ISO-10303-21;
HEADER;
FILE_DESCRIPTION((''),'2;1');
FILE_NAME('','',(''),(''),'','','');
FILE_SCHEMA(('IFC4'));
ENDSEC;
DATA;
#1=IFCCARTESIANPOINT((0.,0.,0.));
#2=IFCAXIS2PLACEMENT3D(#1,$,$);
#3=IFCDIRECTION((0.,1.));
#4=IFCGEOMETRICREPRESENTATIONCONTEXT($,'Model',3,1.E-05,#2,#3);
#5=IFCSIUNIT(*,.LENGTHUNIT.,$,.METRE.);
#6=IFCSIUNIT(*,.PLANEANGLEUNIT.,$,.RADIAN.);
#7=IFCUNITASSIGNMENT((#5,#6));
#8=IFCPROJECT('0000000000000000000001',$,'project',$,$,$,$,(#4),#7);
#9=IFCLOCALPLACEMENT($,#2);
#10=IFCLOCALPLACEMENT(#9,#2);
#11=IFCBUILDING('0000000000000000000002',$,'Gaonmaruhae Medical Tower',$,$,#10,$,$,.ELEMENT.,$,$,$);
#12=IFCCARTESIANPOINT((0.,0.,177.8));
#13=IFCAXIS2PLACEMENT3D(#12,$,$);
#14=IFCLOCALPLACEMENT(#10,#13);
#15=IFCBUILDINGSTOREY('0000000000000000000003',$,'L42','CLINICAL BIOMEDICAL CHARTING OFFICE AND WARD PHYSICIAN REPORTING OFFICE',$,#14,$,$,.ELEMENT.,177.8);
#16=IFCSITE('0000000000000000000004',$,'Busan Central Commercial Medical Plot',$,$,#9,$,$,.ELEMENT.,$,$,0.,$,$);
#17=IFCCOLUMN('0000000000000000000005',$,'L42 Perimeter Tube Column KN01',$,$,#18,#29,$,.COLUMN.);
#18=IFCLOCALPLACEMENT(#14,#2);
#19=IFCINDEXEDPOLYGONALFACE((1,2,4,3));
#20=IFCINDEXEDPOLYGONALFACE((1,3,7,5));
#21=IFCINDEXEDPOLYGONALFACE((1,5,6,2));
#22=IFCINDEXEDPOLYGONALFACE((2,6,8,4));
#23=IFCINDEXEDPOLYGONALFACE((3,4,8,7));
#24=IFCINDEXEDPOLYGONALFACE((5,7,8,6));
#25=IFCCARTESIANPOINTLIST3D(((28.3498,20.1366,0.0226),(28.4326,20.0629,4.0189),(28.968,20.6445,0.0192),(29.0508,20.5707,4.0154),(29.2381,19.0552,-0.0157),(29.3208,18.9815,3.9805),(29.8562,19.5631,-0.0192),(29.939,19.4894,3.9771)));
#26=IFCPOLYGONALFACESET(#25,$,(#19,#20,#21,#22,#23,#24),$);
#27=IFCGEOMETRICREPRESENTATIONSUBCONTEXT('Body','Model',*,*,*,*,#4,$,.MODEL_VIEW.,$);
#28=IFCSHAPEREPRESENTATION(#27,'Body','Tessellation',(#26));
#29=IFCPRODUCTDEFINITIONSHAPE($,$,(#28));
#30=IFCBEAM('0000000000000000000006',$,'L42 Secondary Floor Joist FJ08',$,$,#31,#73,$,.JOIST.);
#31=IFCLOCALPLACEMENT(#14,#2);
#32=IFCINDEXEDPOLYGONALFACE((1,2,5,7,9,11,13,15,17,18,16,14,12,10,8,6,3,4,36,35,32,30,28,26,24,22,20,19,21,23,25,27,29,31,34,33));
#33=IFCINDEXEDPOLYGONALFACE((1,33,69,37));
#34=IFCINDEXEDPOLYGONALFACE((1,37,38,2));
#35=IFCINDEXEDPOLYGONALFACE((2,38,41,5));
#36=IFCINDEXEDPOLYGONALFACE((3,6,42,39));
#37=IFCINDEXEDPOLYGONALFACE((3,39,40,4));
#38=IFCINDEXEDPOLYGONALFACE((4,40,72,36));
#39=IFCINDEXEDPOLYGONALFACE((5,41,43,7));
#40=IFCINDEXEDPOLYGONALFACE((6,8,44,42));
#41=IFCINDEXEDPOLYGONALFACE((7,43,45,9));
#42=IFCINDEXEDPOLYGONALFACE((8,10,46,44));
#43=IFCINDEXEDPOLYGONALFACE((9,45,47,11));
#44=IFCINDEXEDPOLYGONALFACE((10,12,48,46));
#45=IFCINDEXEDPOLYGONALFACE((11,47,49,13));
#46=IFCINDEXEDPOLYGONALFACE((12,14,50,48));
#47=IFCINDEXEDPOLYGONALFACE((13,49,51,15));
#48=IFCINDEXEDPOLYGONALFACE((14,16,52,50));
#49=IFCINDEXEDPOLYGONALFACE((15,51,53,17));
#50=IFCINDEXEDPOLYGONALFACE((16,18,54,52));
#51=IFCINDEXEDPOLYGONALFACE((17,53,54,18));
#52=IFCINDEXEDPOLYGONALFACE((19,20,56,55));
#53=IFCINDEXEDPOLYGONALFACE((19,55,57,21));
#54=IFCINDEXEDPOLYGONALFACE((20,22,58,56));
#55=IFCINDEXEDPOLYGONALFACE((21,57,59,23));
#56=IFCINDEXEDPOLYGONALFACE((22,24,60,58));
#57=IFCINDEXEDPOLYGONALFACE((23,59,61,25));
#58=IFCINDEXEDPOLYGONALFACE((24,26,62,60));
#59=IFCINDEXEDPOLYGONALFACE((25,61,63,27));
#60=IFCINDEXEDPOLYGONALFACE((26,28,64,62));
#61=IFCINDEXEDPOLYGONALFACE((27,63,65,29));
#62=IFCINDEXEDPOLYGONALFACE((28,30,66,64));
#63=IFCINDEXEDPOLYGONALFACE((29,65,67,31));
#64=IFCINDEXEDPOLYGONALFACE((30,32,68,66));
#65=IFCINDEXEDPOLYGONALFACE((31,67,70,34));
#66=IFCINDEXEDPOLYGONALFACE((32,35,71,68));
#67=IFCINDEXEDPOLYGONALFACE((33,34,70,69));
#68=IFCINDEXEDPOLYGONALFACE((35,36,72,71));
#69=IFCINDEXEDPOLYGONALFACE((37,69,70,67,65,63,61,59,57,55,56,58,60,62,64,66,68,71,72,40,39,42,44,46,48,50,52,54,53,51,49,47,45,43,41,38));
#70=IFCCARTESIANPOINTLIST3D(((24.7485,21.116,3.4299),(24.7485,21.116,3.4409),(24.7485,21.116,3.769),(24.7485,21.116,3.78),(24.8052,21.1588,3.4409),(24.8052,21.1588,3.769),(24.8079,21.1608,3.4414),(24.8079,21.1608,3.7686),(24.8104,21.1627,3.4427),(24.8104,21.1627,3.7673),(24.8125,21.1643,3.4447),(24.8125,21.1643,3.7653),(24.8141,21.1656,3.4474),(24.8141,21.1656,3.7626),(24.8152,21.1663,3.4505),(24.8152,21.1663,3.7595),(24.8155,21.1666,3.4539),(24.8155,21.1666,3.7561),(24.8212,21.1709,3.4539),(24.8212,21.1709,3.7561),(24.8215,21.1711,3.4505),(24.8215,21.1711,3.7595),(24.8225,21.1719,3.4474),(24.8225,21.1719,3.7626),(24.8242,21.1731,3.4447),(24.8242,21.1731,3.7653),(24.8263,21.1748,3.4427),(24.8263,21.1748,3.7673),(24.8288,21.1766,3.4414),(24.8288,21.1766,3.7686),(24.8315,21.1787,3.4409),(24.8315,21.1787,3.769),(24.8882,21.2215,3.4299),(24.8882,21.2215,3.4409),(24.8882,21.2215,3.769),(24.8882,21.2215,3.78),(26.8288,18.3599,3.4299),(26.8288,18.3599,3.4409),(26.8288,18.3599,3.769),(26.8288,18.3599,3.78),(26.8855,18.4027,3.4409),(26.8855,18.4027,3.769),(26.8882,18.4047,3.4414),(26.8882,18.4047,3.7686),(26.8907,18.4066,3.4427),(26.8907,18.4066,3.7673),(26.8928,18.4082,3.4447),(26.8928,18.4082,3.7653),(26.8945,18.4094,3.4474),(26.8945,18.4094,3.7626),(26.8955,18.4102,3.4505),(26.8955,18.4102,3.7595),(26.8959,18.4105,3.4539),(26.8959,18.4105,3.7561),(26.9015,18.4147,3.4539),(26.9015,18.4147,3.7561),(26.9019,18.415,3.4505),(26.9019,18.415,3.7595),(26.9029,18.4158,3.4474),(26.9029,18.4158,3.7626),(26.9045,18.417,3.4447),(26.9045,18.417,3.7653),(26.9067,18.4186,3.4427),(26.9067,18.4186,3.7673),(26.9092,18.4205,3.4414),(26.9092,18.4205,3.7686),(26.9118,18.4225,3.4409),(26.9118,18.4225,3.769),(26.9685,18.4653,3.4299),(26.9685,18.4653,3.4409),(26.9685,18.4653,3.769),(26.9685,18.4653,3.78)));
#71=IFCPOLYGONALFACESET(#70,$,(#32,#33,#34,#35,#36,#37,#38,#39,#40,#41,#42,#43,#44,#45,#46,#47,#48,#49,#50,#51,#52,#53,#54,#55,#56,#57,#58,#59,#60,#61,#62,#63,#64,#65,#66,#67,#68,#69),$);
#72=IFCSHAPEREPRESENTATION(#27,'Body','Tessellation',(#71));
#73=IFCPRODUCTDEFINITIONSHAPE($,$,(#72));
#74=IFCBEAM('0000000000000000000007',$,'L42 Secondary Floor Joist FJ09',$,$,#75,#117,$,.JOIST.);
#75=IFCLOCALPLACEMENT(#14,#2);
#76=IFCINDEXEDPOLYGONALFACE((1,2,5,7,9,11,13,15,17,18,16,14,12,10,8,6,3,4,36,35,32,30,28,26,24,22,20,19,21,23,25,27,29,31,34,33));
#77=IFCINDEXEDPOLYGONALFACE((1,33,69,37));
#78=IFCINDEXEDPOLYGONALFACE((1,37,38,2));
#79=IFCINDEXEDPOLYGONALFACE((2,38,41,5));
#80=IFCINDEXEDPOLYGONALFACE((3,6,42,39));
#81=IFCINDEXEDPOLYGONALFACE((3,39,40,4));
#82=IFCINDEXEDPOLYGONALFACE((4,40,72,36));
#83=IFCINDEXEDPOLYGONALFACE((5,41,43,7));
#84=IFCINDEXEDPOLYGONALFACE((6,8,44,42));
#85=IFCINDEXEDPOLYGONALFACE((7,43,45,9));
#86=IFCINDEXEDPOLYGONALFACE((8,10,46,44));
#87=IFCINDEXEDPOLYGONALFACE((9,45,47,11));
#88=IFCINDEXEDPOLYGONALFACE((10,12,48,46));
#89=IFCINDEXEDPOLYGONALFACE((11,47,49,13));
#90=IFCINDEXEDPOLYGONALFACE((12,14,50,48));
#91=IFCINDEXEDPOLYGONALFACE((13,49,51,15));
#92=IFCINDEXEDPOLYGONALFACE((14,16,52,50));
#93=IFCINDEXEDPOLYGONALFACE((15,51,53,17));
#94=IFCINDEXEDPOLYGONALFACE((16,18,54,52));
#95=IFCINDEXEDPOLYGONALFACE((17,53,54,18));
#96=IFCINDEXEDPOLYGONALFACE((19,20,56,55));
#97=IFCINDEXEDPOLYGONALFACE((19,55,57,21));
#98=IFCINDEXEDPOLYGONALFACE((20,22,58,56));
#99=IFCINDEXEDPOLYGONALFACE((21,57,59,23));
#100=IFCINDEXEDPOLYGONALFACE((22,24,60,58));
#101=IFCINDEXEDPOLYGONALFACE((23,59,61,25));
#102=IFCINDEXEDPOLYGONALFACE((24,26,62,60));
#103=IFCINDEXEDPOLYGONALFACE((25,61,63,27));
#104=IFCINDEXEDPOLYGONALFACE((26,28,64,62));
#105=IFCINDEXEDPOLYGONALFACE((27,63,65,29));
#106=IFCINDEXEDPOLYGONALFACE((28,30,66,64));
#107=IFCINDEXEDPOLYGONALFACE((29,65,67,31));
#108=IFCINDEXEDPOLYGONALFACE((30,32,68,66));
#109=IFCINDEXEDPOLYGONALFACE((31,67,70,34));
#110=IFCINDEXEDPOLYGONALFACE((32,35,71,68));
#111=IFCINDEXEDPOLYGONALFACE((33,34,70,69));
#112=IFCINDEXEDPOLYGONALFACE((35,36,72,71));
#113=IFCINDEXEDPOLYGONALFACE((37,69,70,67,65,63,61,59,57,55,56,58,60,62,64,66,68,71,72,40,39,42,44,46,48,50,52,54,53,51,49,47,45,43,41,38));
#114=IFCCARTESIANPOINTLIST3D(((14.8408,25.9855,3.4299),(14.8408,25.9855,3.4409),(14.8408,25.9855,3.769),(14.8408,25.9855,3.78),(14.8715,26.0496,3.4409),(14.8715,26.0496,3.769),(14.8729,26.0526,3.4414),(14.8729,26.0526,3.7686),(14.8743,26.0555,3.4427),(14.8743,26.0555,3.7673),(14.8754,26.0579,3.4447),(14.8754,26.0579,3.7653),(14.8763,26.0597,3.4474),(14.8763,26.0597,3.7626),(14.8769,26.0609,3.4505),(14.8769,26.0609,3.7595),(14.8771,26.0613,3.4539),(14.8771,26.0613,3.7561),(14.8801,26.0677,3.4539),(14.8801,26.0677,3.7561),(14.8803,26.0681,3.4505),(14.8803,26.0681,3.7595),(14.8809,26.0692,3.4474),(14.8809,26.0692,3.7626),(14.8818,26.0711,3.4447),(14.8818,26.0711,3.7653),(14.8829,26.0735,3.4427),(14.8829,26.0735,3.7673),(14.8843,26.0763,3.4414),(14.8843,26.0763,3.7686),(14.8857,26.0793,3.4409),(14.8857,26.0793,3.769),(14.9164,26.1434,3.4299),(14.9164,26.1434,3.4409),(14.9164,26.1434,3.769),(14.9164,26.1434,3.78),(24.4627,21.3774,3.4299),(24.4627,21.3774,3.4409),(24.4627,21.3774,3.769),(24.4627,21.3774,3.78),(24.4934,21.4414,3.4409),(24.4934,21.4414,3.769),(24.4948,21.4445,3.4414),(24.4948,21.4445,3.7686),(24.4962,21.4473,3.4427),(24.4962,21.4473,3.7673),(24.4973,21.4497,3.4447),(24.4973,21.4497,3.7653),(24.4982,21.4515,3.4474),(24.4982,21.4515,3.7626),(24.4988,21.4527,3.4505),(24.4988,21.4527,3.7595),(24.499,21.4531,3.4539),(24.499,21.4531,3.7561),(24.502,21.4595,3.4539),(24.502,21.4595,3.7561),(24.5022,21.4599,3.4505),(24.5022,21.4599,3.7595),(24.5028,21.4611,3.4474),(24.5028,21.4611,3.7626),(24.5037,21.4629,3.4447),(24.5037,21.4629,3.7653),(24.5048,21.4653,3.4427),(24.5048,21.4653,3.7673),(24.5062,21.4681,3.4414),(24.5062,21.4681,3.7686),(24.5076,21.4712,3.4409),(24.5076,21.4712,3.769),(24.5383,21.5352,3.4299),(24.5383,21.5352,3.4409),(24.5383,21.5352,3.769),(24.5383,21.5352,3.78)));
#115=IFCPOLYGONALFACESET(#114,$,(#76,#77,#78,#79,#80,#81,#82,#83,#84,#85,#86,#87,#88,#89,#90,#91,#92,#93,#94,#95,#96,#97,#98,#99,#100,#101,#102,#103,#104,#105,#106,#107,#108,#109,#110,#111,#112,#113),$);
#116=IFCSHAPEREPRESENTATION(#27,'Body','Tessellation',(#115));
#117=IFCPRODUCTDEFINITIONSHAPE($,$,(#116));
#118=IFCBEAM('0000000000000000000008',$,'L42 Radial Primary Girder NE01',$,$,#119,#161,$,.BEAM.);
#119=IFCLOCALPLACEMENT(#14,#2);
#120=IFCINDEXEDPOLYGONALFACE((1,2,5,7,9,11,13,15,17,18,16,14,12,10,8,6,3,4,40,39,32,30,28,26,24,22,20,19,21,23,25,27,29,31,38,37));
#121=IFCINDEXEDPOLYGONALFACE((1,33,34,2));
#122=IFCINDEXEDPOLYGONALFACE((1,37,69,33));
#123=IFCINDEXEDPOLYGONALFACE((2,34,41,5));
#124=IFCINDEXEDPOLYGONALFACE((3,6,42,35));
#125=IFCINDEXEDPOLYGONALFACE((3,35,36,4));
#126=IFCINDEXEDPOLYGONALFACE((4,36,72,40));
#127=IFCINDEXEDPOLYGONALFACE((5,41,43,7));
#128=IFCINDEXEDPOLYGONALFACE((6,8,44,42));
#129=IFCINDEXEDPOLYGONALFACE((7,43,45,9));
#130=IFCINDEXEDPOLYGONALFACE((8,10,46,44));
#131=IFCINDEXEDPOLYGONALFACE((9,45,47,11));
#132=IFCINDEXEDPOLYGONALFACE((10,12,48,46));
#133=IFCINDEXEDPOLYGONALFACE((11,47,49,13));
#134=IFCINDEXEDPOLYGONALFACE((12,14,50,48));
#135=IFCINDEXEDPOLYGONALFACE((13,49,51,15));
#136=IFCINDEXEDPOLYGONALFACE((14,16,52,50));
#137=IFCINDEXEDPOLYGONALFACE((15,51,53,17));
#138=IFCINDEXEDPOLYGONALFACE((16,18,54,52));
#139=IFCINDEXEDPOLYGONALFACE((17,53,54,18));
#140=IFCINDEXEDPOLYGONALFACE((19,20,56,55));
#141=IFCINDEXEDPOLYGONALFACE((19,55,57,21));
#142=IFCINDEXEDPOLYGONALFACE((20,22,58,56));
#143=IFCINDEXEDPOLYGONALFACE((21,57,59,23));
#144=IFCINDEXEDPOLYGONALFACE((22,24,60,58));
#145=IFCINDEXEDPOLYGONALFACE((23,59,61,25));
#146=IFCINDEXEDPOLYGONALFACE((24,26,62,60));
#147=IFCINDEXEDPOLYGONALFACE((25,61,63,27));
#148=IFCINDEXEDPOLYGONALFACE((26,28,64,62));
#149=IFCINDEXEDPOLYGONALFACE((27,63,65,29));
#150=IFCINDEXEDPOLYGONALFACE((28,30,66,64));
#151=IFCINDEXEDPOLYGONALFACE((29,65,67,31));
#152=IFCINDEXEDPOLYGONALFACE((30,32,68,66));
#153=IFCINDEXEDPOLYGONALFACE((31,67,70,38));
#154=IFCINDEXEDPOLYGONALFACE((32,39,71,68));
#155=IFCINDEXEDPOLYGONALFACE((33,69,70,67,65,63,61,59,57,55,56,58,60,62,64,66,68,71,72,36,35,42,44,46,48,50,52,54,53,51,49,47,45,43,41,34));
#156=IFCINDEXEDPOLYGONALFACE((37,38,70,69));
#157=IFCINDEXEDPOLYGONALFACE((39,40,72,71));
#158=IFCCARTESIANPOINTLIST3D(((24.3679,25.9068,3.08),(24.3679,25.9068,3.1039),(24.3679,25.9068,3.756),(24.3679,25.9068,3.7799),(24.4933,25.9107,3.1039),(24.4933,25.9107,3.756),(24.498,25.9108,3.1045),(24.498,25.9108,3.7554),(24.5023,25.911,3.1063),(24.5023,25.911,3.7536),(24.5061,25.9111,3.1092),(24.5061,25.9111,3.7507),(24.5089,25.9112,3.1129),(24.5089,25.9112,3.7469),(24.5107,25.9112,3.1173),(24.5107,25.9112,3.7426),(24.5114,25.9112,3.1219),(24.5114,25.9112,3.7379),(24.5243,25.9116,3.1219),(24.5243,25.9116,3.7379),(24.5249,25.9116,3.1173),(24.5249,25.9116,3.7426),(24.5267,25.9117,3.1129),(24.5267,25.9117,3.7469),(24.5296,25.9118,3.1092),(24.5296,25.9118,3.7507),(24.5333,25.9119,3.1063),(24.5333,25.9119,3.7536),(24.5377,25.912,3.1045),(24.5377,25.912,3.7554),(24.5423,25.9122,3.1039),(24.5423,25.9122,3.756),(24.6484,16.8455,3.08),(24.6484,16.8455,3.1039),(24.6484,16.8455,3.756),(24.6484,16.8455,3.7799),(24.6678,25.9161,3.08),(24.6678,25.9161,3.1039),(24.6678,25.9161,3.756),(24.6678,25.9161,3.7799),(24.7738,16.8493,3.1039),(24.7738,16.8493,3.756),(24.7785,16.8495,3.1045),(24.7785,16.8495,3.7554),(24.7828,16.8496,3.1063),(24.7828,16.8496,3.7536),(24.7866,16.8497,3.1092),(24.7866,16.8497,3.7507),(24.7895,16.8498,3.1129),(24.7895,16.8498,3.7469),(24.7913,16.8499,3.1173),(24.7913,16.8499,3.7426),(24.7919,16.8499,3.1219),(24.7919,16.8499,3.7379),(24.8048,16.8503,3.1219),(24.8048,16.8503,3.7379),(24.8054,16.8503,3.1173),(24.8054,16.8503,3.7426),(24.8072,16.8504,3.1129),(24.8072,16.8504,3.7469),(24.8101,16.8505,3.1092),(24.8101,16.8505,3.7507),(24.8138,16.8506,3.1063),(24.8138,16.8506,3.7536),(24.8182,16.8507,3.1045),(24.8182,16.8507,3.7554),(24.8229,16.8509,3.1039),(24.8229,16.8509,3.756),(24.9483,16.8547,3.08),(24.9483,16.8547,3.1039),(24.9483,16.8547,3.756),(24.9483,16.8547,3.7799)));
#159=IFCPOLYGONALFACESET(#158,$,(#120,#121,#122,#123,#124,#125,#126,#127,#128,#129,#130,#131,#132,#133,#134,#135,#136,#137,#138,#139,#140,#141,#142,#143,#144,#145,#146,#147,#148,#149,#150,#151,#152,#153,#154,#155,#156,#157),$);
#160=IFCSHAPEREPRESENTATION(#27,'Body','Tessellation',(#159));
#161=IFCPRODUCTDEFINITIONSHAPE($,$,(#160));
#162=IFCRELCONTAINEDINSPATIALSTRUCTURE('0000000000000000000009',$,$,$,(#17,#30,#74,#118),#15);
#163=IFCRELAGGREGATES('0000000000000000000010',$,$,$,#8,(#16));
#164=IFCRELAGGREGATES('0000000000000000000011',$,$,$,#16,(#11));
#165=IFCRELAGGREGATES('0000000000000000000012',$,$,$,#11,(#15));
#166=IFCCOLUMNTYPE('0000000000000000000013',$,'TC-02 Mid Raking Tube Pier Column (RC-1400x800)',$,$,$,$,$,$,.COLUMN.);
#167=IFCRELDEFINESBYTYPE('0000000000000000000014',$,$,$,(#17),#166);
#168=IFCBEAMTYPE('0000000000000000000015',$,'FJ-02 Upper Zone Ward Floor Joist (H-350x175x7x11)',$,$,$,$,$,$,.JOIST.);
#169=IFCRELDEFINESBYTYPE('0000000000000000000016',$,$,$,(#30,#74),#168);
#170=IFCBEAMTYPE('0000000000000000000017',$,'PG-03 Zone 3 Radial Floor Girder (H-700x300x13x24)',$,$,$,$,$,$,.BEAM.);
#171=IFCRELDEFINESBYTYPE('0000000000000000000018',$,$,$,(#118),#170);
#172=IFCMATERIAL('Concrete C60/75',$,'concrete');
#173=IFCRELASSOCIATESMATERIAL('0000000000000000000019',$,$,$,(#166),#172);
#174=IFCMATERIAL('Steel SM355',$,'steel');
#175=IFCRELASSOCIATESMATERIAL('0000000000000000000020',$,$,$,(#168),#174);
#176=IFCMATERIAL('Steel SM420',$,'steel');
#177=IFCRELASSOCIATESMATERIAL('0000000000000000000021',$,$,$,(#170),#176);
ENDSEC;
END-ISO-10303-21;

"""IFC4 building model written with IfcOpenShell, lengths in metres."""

from ifc_helpers import new_model, si_unit, direction, frame, origin, origin_2d, place, context, subcontext, project, spatial, rectangle, i_section, extrude, material, material_profile, profile_set, type_object, element, save


model = new_model("IFC4")

# Units and contexts
model_context = context("Model", 3, precision=1e-05, world=origin(), true_north=direction((0.0, 1.0)))
body_context = subcontext(model_context, "Body", "Model", "MODEL_VIEW")
ifc_project = project(units=[si_unit("LENGTHUNIT", "METRE"), si_unit("PLANEANGLEUNIT", "RADIAN")], contexts=[model_context])

# Site, building, storey
site_placement = place(None, origin())
site = spatial("IfcSite", under=ifc_project, at=site_placement, Name="Busan Central Commercial Medical Plot", CompositionType="ELEMENT", RefElevation=0.0)
building_placement = place(site_placement, origin())
building = spatial("IfcBuilding", under=site, at=building_placement, Name="Gaonmaruhae Medical Tower", CompositionType="ELEMENT")
storey_placement = place(building_placement, frame((0.0, 0.0, 177.8)))
storey = spatial("IfcBuildingStorey", under=building, at=storey_placement, Name="L42", Description="CLINICAL BIOMEDICAL CHARTING OFFICE AND WARD PHYSICIAN REPORTING OFFICE", CompositionType="ELEMENT", Elevation=177.8)

# Column
ifc_material_1 = material(Name="Concrete C60/75", Category="concrete")
ifc_material_profile_1 = material_profile(ifc_material_1, rectangle(XDim=1.3999, YDim=0.8, at=origin_2d()), Name="RC-1400x800")
ifc_profile_set_1 = profile_set([ifc_material_profile_1], Name="Concrete C60/75")
column_type = type_object("IfcColumnType", Name="TC-02 Mid Raking Tube Pier Column (RC-1400x800)", PredefinedType="COLUMN", material=ifc_profile_set_1)
column_placement = place(storey_placement, frame((29.103, 19.8499, 0.0017), z_axis=(0.020702, -0.018442, 0.999616), x_axis=(-0.634495, 0.772441, 0.027391)))
element("IfcColumn", 1, at=column_placement, inside=storey, type_object=column_type, Name="L42 Perimeter Tube Column KN01", PredefinedType="COLUMN", context=body_context, shape_type="SweptSolid", body=[
    extrude(rectangle(XDim=1.3999, YDim=0.8, at=origin_2d()), origin(), (0.0, 0.0, 1.0), 3.9978),
])

# Beams
ifc_material_2 = material(Name="Steel SM355", Category="steel")
ifc_material_profile_2 = material_profile(ifc_material_2, i_section(OverallWidth=0.175, OverallDepth=0.3501, WebThickness=0.0071, FlangeThickness=0.011, FilletRadius=0.0129, at=origin_2d()), Name="H-350x175x7x11")
ifc_profile_set_2 = profile_set([ifc_material_profile_2], Name="Steel SM355")
beam_type_1 = type_object("IfcBeamType", Name="FJ-02 Upper Zone Ward Floor Joist (H-350x175x7x11)", PredefinedType="JOIST", material=ifc_profile_set_2)
beam_1_placement = place(storey_placement, frame((26.8987, 18.4126, 3.605), z_axis=(-0.602452, 0.798155, 0.0), x_axis=(-0.798155, -0.602452, 0.0)))
element("IfcBeam", 2, at=beam_1_placement, inside=storey, type_object=beam_type_1, Name="L42 Secondary Floor Joist FJ08", PredefinedType="JOIST", context=body_context, shape_type="SweptSolid", body=[
    extrude(i_section(OverallWidth=0.175, OverallDepth=0.3501, WebThickness=0.0071, FlangeThickness=0.011, FilletRadius=0.0129, at=origin_2d()), origin(), (0.0, 0.0, 1.0), 3.4531),
])
beam_2_placement = place(storey_placement, frame((24.5005, 21.4563, 3.605), z_axis=(-0.9019, 0.431945, 0.0), x_axis=(-0.431945, -0.9019, 0.0)))
element("IfcBeam", 3, at=beam_2_placement, inside=storey, type_object=beam_type_1, Name="L42 Secondary Floor Joist FJ09", PredefinedType="JOIST", context=body_context, shape_type="SweptSolid", body=[
    extrude(i_section(OverallWidth=0.175, OverallDepth=0.3501, WebThickness=0.0071, FlangeThickness=0.011, FilletRadius=0.0129, at=origin_2d()), origin(), (0.0, 0.0, 1.0), 10.6685),
])
ifc_material_3 = material(Name="Steel SM420", Category="steel")
ifc_material_profile_3 = material_profile(ifc_material_3, i_section(OverallWidth=0.3, OverallDepth=0.7, WebThickness=0.0129, FlangeThickness=0.0239, FilletRadius=0.0181, at=origin_2d()), Name="H-700x300x13x24")
ifc_profile_set_3 = profile_set([ifc_material_profile_3], Name="Steel SM420")
beam_type_2 = type_object("IfcBeamType", Name="PG-03 Zone 3 Radial Floor Girder (H-700x300x13x24)", PredefinedType="BEAM", material=ifc_profile_set_3)
beam_3_placement = place(storey_placement, frame((24.7983, 16.8501, 3.4299), z_axis=(-0.030943, 0.999521, 0.0), x_axis=(-0.999521, -0.030943, 0.0)))
element("IfcBeam", 4, at=beam_3_placement, inside=storey, type_object=beam_type_2, Name="L42 Radial Primary Girder NE01", PredefinedType="BEAM", context=body_context, shape_type="SweptSolid", body=[
    extrude(i_section(OverallWidth=0.3, OverallDepth=0.7, WebThickness=0.0129, FlangeThickness=0.0239, FilletRadius=0.0181, at=origin_2d()), origin(), (0.0, 0.0, 1.0), 9.0657),
])

save(model, "model.ifc")
